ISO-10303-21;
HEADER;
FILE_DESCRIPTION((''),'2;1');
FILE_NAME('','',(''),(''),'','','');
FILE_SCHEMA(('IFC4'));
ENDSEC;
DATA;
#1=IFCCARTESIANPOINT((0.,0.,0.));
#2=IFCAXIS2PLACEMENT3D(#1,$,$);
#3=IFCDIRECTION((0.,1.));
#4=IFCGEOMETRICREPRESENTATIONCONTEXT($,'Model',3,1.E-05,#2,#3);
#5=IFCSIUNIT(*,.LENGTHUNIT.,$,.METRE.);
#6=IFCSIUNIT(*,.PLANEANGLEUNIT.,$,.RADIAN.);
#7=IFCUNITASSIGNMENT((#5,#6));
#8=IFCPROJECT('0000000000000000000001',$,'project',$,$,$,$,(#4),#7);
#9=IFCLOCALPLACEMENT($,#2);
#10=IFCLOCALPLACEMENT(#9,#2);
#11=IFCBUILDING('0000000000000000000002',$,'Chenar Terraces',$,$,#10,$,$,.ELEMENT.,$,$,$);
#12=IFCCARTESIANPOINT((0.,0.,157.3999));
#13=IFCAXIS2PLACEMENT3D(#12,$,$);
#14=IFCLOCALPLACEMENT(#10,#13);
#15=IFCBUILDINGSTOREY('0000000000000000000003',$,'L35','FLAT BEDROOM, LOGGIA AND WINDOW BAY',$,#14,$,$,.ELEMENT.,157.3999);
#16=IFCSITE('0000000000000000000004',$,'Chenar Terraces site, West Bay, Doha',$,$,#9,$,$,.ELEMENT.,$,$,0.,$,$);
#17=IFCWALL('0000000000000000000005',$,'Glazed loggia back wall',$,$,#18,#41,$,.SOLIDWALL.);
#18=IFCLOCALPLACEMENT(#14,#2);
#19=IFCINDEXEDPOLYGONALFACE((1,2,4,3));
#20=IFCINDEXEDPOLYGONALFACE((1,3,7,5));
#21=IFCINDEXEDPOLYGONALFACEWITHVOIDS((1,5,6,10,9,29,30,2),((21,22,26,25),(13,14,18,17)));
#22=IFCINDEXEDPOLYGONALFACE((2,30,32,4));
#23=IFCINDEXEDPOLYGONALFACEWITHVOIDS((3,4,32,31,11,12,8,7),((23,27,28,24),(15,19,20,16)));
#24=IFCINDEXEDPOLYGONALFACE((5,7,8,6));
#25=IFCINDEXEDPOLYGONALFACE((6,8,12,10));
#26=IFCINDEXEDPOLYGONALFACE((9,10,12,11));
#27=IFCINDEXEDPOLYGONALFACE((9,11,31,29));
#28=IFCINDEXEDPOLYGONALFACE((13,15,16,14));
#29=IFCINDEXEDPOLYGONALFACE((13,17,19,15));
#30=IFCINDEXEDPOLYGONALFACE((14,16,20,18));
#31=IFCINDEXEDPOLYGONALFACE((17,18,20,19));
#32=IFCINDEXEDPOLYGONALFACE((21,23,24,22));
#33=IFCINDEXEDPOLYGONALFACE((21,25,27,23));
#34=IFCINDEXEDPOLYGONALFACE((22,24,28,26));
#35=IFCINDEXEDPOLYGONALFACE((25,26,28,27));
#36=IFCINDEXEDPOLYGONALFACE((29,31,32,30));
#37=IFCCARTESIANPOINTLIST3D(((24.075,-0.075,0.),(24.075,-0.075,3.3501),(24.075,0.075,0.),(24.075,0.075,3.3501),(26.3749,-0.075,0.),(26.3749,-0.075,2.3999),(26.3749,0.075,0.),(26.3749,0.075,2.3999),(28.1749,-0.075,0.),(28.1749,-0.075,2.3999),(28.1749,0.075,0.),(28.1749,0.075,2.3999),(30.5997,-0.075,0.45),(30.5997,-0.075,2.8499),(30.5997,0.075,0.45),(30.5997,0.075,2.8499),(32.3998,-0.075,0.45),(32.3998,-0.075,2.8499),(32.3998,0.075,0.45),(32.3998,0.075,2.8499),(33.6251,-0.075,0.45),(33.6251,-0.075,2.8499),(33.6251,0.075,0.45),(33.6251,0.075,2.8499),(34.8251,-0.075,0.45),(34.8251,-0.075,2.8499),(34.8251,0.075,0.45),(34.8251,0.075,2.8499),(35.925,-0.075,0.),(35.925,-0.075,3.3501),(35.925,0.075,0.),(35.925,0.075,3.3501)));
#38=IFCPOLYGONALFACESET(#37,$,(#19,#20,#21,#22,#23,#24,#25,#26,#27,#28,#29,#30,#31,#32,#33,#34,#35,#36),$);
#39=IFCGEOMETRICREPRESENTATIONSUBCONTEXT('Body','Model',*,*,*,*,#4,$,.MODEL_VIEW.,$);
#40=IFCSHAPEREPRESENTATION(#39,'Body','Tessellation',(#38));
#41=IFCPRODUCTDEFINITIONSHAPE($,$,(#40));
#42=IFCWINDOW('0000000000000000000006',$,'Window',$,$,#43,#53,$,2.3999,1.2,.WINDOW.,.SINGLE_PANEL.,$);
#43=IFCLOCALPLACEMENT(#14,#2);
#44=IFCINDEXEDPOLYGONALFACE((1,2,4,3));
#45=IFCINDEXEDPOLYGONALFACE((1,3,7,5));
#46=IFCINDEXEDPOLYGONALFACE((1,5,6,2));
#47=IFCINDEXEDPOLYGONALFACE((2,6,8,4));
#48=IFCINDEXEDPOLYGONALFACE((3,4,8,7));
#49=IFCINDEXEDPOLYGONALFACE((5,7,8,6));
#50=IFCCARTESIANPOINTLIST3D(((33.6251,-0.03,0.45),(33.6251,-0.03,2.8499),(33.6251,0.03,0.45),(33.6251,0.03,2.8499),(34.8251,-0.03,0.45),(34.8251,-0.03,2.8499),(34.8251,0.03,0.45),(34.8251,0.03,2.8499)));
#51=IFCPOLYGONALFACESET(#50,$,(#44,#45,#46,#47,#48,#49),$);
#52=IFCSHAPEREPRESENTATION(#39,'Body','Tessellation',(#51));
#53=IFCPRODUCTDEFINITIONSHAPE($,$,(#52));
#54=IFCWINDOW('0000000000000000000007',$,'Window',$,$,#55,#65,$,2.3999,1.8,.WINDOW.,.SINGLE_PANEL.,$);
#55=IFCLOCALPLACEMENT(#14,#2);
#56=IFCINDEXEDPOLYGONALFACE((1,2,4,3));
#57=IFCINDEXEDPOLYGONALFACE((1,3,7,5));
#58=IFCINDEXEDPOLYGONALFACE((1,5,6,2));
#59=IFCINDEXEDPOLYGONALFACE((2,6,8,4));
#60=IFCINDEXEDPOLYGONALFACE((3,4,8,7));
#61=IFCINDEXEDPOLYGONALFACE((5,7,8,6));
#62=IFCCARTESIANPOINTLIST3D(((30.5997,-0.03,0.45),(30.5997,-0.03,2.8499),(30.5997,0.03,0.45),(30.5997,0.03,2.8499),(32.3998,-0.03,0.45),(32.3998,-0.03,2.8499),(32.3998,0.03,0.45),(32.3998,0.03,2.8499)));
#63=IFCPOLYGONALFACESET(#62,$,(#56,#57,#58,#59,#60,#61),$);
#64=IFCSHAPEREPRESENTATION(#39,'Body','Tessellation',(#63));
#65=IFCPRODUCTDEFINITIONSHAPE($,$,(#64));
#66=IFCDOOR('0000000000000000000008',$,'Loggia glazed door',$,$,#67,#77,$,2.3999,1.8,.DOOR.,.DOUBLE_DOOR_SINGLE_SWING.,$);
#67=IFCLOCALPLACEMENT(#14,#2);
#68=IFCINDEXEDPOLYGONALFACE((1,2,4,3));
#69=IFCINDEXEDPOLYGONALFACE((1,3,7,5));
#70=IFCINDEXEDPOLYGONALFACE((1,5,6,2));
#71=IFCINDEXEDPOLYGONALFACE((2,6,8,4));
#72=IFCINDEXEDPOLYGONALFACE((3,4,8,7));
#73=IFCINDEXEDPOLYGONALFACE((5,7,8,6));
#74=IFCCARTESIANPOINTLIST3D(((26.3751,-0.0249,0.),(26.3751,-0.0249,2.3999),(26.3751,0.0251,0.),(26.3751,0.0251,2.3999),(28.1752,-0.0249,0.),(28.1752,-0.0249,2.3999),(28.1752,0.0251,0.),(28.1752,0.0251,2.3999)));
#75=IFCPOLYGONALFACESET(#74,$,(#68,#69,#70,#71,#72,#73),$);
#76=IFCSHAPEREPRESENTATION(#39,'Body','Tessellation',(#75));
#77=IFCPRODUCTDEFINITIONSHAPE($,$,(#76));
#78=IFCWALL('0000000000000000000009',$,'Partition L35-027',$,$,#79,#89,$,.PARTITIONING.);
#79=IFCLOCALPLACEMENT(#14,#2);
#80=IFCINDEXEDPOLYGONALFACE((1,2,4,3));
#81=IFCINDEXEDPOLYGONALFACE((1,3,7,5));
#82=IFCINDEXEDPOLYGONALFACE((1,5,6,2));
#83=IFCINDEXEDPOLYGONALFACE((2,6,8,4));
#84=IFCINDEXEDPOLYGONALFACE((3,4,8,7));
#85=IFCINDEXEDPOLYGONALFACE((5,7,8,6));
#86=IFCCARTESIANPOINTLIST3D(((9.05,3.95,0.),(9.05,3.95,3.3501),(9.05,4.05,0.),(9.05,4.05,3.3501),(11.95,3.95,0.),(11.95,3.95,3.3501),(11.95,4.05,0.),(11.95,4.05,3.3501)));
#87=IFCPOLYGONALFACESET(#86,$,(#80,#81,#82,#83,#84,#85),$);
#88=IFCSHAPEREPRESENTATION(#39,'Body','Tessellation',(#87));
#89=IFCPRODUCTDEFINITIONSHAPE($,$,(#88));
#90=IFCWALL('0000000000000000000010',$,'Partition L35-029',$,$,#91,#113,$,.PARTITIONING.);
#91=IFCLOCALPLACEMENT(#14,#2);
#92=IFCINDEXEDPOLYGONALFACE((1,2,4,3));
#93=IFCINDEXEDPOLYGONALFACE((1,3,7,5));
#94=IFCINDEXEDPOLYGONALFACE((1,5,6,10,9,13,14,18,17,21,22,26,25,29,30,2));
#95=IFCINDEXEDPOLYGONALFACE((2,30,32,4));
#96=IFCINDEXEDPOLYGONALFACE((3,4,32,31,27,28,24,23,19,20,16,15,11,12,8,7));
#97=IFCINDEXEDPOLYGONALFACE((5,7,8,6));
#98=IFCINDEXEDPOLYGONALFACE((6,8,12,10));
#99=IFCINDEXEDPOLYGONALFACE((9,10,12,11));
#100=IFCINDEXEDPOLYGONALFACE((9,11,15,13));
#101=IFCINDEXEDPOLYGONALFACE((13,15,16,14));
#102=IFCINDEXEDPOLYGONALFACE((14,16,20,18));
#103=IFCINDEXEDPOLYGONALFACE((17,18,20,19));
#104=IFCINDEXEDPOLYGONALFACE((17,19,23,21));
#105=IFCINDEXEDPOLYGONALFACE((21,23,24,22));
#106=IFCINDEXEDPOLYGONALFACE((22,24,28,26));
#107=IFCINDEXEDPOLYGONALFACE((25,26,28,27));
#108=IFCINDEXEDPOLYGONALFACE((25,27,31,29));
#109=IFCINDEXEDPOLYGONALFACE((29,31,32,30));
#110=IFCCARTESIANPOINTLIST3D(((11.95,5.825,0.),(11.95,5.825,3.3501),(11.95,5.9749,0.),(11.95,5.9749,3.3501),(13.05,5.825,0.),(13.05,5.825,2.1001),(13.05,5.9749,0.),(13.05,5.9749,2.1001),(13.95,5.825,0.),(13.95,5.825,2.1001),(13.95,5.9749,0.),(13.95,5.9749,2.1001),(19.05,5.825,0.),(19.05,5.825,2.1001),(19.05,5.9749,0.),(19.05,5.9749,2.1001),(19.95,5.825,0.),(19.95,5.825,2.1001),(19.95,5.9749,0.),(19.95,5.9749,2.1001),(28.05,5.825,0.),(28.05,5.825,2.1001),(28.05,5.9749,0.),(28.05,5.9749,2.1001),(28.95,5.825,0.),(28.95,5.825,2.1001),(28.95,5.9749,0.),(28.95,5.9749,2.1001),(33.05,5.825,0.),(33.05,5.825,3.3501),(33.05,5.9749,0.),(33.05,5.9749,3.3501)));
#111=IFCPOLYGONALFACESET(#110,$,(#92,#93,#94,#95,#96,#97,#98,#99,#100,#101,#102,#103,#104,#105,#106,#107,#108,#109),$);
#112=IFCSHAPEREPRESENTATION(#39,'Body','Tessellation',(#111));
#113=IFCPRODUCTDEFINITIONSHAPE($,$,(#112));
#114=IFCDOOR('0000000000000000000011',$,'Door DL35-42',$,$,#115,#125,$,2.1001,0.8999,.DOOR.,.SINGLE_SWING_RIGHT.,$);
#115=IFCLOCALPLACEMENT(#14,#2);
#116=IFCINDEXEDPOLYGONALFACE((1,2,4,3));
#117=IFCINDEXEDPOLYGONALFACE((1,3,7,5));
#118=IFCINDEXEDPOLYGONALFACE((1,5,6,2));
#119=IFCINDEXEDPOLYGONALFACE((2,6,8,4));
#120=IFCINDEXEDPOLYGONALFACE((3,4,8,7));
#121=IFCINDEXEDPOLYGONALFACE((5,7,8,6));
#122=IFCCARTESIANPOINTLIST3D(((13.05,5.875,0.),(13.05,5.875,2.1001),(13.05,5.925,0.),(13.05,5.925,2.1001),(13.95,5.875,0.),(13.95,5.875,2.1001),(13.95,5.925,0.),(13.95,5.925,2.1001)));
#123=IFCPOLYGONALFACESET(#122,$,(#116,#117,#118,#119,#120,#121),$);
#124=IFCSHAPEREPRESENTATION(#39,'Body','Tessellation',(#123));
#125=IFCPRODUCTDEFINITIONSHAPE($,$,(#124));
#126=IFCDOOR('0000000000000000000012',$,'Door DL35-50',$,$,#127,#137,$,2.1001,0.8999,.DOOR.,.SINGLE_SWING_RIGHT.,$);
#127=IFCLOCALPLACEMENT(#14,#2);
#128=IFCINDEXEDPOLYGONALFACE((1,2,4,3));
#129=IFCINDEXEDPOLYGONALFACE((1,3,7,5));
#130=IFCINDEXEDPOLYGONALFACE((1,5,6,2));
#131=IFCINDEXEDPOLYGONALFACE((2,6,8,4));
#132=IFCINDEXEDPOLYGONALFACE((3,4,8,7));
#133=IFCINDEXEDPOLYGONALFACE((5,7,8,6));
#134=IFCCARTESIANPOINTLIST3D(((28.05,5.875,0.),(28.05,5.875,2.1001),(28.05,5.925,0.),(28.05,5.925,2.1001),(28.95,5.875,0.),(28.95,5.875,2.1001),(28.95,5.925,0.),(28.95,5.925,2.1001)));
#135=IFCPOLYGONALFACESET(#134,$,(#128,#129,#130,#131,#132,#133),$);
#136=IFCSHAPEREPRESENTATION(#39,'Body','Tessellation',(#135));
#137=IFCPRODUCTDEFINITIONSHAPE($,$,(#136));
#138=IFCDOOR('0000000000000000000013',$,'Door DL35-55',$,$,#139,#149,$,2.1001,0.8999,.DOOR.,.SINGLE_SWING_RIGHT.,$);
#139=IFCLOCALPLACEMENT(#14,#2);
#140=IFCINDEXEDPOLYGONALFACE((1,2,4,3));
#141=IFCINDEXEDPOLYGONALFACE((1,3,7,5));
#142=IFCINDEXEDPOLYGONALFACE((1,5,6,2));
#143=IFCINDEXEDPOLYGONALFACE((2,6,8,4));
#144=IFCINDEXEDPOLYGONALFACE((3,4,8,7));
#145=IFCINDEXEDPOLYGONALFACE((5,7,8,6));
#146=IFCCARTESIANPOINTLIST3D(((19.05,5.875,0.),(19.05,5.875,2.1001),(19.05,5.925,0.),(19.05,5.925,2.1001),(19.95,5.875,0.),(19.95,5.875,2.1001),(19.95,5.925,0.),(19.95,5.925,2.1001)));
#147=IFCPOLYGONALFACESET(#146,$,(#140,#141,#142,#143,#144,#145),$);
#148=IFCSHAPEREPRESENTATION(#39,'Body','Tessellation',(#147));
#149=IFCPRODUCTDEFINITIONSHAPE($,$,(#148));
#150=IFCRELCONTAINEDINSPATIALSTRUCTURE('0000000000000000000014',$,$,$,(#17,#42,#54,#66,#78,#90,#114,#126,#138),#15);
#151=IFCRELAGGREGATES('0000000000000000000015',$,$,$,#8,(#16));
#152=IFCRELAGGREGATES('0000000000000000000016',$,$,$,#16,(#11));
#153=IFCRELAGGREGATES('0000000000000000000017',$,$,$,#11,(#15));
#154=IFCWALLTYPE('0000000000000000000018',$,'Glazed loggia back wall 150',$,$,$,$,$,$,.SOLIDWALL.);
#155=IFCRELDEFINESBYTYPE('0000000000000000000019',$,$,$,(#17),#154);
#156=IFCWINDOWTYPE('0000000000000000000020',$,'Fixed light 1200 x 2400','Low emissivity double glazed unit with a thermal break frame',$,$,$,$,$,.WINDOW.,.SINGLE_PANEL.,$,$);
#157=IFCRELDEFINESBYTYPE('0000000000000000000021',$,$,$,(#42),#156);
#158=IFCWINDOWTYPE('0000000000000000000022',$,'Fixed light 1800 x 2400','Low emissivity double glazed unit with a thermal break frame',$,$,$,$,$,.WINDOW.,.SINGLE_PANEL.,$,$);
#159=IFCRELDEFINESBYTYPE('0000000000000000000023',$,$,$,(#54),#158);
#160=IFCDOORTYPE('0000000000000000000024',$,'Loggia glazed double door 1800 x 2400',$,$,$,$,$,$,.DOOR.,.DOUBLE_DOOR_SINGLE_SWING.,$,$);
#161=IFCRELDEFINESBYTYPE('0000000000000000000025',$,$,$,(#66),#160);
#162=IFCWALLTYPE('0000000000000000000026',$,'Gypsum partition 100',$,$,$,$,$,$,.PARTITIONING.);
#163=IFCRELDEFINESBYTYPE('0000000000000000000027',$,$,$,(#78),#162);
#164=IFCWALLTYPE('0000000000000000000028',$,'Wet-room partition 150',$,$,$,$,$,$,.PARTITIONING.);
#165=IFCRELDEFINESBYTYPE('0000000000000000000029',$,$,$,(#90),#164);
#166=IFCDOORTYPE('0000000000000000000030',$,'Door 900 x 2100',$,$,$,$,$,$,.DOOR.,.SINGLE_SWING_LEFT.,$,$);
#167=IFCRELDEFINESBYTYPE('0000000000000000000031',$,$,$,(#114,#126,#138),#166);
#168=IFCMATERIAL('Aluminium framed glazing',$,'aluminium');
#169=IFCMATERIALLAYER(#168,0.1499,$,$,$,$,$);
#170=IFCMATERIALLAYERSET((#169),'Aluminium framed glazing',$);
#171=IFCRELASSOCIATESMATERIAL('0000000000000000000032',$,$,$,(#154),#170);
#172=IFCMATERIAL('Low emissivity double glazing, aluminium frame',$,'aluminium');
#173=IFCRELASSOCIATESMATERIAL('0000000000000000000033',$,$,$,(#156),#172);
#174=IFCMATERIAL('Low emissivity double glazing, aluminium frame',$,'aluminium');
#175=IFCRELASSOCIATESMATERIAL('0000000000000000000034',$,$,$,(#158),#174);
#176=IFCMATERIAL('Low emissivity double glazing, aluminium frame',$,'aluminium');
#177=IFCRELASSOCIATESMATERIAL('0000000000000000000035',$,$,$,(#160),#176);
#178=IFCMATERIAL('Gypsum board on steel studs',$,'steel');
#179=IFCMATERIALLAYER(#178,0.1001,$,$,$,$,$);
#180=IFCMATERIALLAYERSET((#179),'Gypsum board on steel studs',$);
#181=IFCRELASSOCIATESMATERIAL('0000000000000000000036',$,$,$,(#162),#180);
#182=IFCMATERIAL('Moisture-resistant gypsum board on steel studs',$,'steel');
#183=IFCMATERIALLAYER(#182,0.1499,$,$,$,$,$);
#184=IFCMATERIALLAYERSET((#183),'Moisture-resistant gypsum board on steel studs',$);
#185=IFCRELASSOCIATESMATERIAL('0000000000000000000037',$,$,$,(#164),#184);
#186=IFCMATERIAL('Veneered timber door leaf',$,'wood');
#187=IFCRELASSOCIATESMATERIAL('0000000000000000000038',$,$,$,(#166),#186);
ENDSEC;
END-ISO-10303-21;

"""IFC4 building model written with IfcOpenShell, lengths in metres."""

from ifc_helpers import new_model, si_unit, direction, frame, frame_2d, origin, place, context, subcontext, project, spatial, rectangle, extrude, material, layer, layer_set, type_object, element, fill, save


model = new_model("IFC4")

# Units and contexts
model_context = context("Model", 3, precision=1e-05, world=origin(), true_north=direction((0.0, 1.0)))
body_context = subcontext(model_context, "Body", "Model", "MODEL_VIEW")
ifc_project = project(units=[si_unit("LENGTHUNIT", "METRE"), si_unit("PLANEANGLEUNIT", "RADIAN")], contexts=[model_context])

# Site, building, storey
site_placement = place(None, origin())
site = spatial("IfcSite", under=ifc_project, at=site_placement, Name="Chenar Terraces site, West Bay, Doha", CompositionType="ELEMENT", RefElevation=0.0)
building_placement = place(site_placement, origin())
building = spatial("IfcBuilding", under=site, at=building_placement, Name="Chenar Terraces", CompositionType="ELEMENT")
storey_placement = place(building_placement, frame((0.0, 0.0, 157.3999)))
storey = spatial("IfcBuildingStorey", under=building, at=storey_placement, Name="L35", Description="FLAT BEDROOM, LOGGIA AND WINDOW BAY", CompositionType="ELEMENT", Elevation=157.3999)

# Wall, openings, windows, door
ifc_material_1 = material(Name="Aluminium framed glazing", Category="aluminium")
ifc_layer_1 = layer(ifc_material_1, 0.1499)
ifc_layer_set_1 = layer_set([ifc_layer_1], Name="Aluminium framed glazing")
wall_type_1 = type_object("IfcWallType", Name="Glazed loggia back wall 150", PredefinedType="SOLIDWALL", material=ifc_layer_set_1)
wall_1_placement = place(storey_placement, frame((24.075, 0.0, 0.0), z_axis=(0.0, 0.0, 1.0), x_axis=(1.0, 0.0, 0.0)))
wall_1 = element("IfcWall", 1, at=wall_1_placement, inside=storey, type_object=wall_type_1, Name="Glazed loggia back wall", PredefinedType="SOLIDWALL", context=body_context, shape_type="SweptSolid", body=[
    extrude(rectangle(XDim=11.8501, YDim=0.1499, at=frame_2d((5.925, 0.0))), origin(), (0.0, 0.0, 1.0), 3.3501),
])
opening_1_placement = place(wall_1_placement, frame((2.3, 0.0, 0.0)))
opening_1 = element("IfcOpeningElement", 2, at=opening_1_placement, cuts=wall_1, PredefinedType="OPENING", context=body_context, shape_type="SweptSolid", body=[
    extrude(rectangle(XDim=1.8, YDim=2.3999, at=frame_2d((0.8999, 1.2))), frame((0.0, 0.085, 0.0), z_axis=(0.0, -1.0, 0.0), x_axis=(1.0, 0.0, 0.0)), (0.0, 0.0, 1.0), 0.1699),
])
opening_2_placement = place(wall_1_placement, frame((6.5249, 0.0, 0.45)))
opening_2 = element("IfcOpeningElement", 3, at=opening_2_placement, cuts=wall_1, PredefinedType="OPENING", context=body_context, shape_type="SweptSolid", body=[
    extrude(rectangle(XDim=1.8, YDim=2.3999, at=frame_2d((0.8999, 1.2))), frame((0.0, 0.085, 0.0), z_axis=(0.0, -1.0, 0.0), x_axis=(1.0, 0.0, 0.0)), (0.0, 0.0, 1.0), 0.1699),
])
opening_3_placement = place(wall_1_placement, frame((9.55, 0.0, 0.45)))
opening_3 = element("IfcOpeningElement", 4, at=opening_3_placement, cuts=wall_1, PredefinedType="OPENING", context=body_context, shape_type="SweptSolid", body=[
    extrude(rectangle(XDim=1.2, YDim=2.3999, at=frame_2d((0.6001, 1.2))), frame((0.0, 0.085, 0.0), z_axis=(0.0, -1.0, 0.0), x_axis=(1.0, 0.0, 0.0)), (0.0, 0.0, 1.0), 0.1699),
])
ifc_material_2 = material(Name="Low emissivity double glazing, aluminium frame", Category="aluminium")
window_type_1 = type_object("IfcWindowType", Name="Fixed light 1200 x 2400", Description="Low emissivity double glazed unit with a thermal break frame", PartitioningType="SINGLE_PANEL", PredefinedType="WINDOW", material=ifc_material_2)
window_1_placement = place(opening_3_placement, origin())
window_1 = element("IfcWindow", 5, at=window_1_placement, inside=storey, type_object=window_type_1, Name="Window", OverallHeight=2.3999, OverallWidth=1.2, PartitioningType="SINGLE_PANEL", PredefinedType="WINDOW", context=body_context, shape_type="SweptSolid", body=[
    extrude(rectangle(XDim=1.2, YDim=2.3999, at=frame_2d((0.6001, 1.2))), frame((0.0, 0.03, 0.0), z_axis=(0.0, -1.0, 0.0), x_axis=(1.0, 0.0, 0.0)), (0.0, 0.0, 1.0), 0.0601),
])
fill(opening_3, window_1)
ifc_material_3 = material(Name="Low emissivity double glazing, aluminium frame", Category="aluminium")
window_type_2 = type_object("IfcWindowType", Name="Fixed light 1800 x 2400", Description="Low emissivity double glazed unit with a thermal break frame", PartitioningType="SINGLE_PANEL", PredefinedType="WINDOW", material=ifc_material_3)
window_2_placement = place(opening_2_placement, origin())
window_2 = element("IfcWindow", 6, at=window_2_placement, inside=storey, type_object=window_type_2, Name="Window", OverallHeight=2.3999, OverallWidth=1.8, PartitioningType="SINGLE_PANEL", PredefinedType="WINDOW", context=body_context, shape_type="SweptSolid", body=[
    extrude(rectangle(XDim=1.8, YDim=2.3999, at=frame_2d((0.8999, 1.2))), frame((0.0, 0.03, 0.0), z_axis=(0.0, -1.0, 0.0), x_axis=(1.0, 0.0, 0.0)), (0.0, 0.0, 1.0), 0.0601),
])
fill(opening_2, window_2)
ifc_material_4 = material(Name="Low emissivity double glazing, aluminium frame", Category="aluminium")
door_type_1 = type_object("IfcDoorType", Name="Loggia glazed double door 1800 x 2400", OperationType="DOUBLE_DOOR_SINGLE_SWING", PredefinedType="DOOR", material=ifc_material_4)
door_1_placement = place(opening_1_placement, frame((1.8, 0.0, 0.0), z_axis=(0.0, 0.0, 1.0), x_axis=(-1.0, 0.0, 0.0)))
door_1 = element("IfcDoor", 7, at=door_1_placement, inside=storey, type_object=door_type_1, Name="Loggia glazed door", OperationType="DOUBLE_DOOR_SINGLE_SWING", OverallHeight=2.3999, OverallWidth=1.8, PredefinedType="DOOR", context=body_context, shape_type="SweptSolid", body=[
    extrude(rectangle(XDim=1.8, YDim=2.3999, at=frame_2d((0.8999, 1.2))), frame((0.0, 0.0249, 0.0), z_axis=(0.0, -1.0, 0.0), x_axis=(1.0, 0.0, 0.0)), (0.0, 0.0, 1.0), 0.05),
])
fill(opening_1, door_1)

# Wall
ifc_material_5 = material(Name="Gypsum board on steel studs", Category="steel")
ifc_layer_2 = layer(ifc_material_5, 0.1001)
ifc_layer_set_2 = layer_set([ifc_layer_2], Name="Gypsum board on steel studs")
wall_type_2 = type_object("IfcWallType", Name="Gypsum partition 100", PredefinedType="PARTITIONING", material=ifc_layer_set_2)
wall_2_placement = place(storey_placement, frame((9.05, 4.0, 0.0), z_axis=(0.0, 0.0, 1.0), x_axis=(1.0, 0.0, 0.0)))
element("IfcWall", 8, at=wall_2_placement, inside=storey, type_object=wall_type_2, Name="Partition L35-027", PredefinedType="PARTITIONING", context=body_context, shape_type="SweptSolid", body=[
    extrude(rectangle(XDim=2.8999, YDim=0.1001, at=frame_2d((1.45, 0.0))), origin(), (0.0, 0.0, 1.0), 3.3501),
])

# Wall, openings, doors
ifc_material_6 = material(Name="Moisture-resistant gypsum board on steel studs", Category="steel")
ifc_layer_3 = layer(ifc_material_6, 0.1499)
ifc_layer_set_3 = layer_set([ifc_layer_3], Name="Moisture-resistant gypsum board on steel studs")
wall_type_3 = type_object("IfcWallType", Name="Wet-room partition 150", PredefinedType="PARTITIONING", material=ifc_layer_set_3)
wall_3_placement = place(storey_placement, frame((11.95, 5.8999, 0.0), z_axis=(0.0, 0.0, 1.0), x_axis=(1.0, 0.0, 0.0)))
wall_3 = element("IfcWall", 9, at=wall_3_placement, inside=storey, type_object=wall_type_3, Name="Partition L35-029", PredefinedType="PARTITIONING", context=body_context, shape_type="SweptSolid", body=[
    extrude(rectangle(XDim=21.1001, YDim=0.1499, at=frame_2d((10.55, 0.0))), origin(), (0.0, 0.0, 1.0), 3.3501),
])
opening_4_placement = place(wall_3_placement, frame((1.1001, 0.0, 0.0)))
opening_4 = element("IfcOpeningElement", 10, at=opening_4_placement, cuts=wall_3, PredefinedType="OPENING", context=body_context, shape_type="SweptSolid", body=[
    extrude(rectangle(XDim=0.8999, YDim=2.1001, at=frame_2d((0.45, 1.05))), frame((0.0, 0.085, 0.0), z_axis=(0.0, -1.0, 0.0), x_axis=(1.0, 0.0, 0.0)), (0.0, 0.0, 1.0), 0.1699),
])
opening_5_placement = place(wall_3_placement, frame((16.1001, 0.0, 0.0)))
opening_5 = element("IfcOpeningElement", 11, at=opening_5_placement, cuts=wall_3, PredefinedType="OPENING", context=body_context, shape_type="SweptSolid", body=[
    extrude(rectangle(XDim=0.8999, YDim=2.1001, at=frame_2d((0.45, 1.05))), frame((0.0, 0.085, 0.0), z_axis=(0.0, -1.0, 0.0), x_axis=(1.0, 0.0, 0.0)), (0.0, 0.0, 1.0), 0.1699),
])
opening_6_placement = place(wall_3_placement, frame((7.1001, 0.0, 0.0)))
opening_6 = element("IfcOpeningElement", 12, at=opening_6_placement, cuts=wall_3, PredefinedType="OPENING", context=body_context, shape_type="SweptSolid", body=[
    extrude(rectangle(XDim=0.8999, YDim=2.1001, at=frame_2d((0.45, 1.05))), frame((0.0, 0.085, 0.0), z_axis=(0.0, -1.0, 0.0), x_axis=(1.0, 0.0, 0.0)), (0.0, 0.0, 1.0), 0.1699),
])
ifc_material_7 = material(Name="Veneered timber door leaf", Category="wood")
door_type_2 = type_object("IfcDoorType", Name="Door 900 x 2100", OperationType="SINGLE_SWING_LEFT", PredefinedType="DOOR", material=ifc_material_7)
door_2_placement = place(opening_4_placement, frame((0.8999, 0.0, 0.0), z_axis=(0.0, 0.0, 1.0), x_axis=(-1.0, 0.0, 0.0)))
door_2 = element("IfcDoor", 13, at=door_2_placement, inside=storey, type_object=door_type_2, Name="Door DL35-42", OperationType="SINGLE_SWING_RIGHT", OverallHeight=2.1001, OverallWidth=0.8999, PredefinedType="DOOR", context=body_context, shape_type="SweptSolid", body=[
    extrude(rectangle(XDim=0.8999, YDim=2.1001, at=frame_2d((0.45, 1.05))), frame((0.0, 0.0249, 0.0), z_axis=(0.0, -1.0, 0.0), x_axis=(1.0, 0.0, 0.0)), (0.0, 0.0, 1.0), 0.05),
])
fill(opening_4, door_2)
door_3_placement = place(opening_5_placement, frame((0.8999, 0.0, 0.0), z_axis=(0.0, 0.0, 1.0), x_axis=(-1.0, 0.0, 0.0)))
door_3 = element("IfcDoor", 14, at=door_3_placement, inside=storey, type_object=door_type_2, Name="Door DL35-50", OperationType="SINGLE_SWING_RIGHT", OverallHeight=2.1001, OverallWidth=0.8999, PredefinedType="DOOR", context=body_context, shape_type="SweptSolid", body=[
    extrude(rectangle(XDim=0.8999, YDim=2.1001, at=frame_2d((0.45, 1.05))), frame((0.0, 0.0249, 0.0), z_axis=(0.0, -1.0, 0.0), x_axis=(1.0, 0.0, 0.0)), (0.0, 0.0, 1.0), 0.05),
])
fill(opening_5, door_3)
door_4_placement = place(opening_6_placement, frame((0.8999, 0.0, 0.0), z_axis=(0.0, 0.0, 1.0), x_axis=(-1.0, 0.0, 0.0)))
door_4 = element("IfcDoor", 15, at=door_4_placement, inside=storey, type_object=door_type_2, Name="Door DL35-55", OperationType="SINGLE_SWING_RIGHT", OverallHeight=2.1001, OverallWidth=0.8999, PredefinedType="DOOR", context=body_context, shape_type="SweptSolid", body=[
    extrude(rectangle(XDim=0.8999, YDim=2.1001, at=frame_2d((0.45, 1.05))), frame((0.0, 0.0249, 0.0), z_axis=(0.0, -1.0, 0.0), x_axis=(1.0, 0.0, 0.0)), (0.0, 0.0, 1.0), 0.05),
])
fill(opening_6, door_4)

save(model, "model.ifc")
